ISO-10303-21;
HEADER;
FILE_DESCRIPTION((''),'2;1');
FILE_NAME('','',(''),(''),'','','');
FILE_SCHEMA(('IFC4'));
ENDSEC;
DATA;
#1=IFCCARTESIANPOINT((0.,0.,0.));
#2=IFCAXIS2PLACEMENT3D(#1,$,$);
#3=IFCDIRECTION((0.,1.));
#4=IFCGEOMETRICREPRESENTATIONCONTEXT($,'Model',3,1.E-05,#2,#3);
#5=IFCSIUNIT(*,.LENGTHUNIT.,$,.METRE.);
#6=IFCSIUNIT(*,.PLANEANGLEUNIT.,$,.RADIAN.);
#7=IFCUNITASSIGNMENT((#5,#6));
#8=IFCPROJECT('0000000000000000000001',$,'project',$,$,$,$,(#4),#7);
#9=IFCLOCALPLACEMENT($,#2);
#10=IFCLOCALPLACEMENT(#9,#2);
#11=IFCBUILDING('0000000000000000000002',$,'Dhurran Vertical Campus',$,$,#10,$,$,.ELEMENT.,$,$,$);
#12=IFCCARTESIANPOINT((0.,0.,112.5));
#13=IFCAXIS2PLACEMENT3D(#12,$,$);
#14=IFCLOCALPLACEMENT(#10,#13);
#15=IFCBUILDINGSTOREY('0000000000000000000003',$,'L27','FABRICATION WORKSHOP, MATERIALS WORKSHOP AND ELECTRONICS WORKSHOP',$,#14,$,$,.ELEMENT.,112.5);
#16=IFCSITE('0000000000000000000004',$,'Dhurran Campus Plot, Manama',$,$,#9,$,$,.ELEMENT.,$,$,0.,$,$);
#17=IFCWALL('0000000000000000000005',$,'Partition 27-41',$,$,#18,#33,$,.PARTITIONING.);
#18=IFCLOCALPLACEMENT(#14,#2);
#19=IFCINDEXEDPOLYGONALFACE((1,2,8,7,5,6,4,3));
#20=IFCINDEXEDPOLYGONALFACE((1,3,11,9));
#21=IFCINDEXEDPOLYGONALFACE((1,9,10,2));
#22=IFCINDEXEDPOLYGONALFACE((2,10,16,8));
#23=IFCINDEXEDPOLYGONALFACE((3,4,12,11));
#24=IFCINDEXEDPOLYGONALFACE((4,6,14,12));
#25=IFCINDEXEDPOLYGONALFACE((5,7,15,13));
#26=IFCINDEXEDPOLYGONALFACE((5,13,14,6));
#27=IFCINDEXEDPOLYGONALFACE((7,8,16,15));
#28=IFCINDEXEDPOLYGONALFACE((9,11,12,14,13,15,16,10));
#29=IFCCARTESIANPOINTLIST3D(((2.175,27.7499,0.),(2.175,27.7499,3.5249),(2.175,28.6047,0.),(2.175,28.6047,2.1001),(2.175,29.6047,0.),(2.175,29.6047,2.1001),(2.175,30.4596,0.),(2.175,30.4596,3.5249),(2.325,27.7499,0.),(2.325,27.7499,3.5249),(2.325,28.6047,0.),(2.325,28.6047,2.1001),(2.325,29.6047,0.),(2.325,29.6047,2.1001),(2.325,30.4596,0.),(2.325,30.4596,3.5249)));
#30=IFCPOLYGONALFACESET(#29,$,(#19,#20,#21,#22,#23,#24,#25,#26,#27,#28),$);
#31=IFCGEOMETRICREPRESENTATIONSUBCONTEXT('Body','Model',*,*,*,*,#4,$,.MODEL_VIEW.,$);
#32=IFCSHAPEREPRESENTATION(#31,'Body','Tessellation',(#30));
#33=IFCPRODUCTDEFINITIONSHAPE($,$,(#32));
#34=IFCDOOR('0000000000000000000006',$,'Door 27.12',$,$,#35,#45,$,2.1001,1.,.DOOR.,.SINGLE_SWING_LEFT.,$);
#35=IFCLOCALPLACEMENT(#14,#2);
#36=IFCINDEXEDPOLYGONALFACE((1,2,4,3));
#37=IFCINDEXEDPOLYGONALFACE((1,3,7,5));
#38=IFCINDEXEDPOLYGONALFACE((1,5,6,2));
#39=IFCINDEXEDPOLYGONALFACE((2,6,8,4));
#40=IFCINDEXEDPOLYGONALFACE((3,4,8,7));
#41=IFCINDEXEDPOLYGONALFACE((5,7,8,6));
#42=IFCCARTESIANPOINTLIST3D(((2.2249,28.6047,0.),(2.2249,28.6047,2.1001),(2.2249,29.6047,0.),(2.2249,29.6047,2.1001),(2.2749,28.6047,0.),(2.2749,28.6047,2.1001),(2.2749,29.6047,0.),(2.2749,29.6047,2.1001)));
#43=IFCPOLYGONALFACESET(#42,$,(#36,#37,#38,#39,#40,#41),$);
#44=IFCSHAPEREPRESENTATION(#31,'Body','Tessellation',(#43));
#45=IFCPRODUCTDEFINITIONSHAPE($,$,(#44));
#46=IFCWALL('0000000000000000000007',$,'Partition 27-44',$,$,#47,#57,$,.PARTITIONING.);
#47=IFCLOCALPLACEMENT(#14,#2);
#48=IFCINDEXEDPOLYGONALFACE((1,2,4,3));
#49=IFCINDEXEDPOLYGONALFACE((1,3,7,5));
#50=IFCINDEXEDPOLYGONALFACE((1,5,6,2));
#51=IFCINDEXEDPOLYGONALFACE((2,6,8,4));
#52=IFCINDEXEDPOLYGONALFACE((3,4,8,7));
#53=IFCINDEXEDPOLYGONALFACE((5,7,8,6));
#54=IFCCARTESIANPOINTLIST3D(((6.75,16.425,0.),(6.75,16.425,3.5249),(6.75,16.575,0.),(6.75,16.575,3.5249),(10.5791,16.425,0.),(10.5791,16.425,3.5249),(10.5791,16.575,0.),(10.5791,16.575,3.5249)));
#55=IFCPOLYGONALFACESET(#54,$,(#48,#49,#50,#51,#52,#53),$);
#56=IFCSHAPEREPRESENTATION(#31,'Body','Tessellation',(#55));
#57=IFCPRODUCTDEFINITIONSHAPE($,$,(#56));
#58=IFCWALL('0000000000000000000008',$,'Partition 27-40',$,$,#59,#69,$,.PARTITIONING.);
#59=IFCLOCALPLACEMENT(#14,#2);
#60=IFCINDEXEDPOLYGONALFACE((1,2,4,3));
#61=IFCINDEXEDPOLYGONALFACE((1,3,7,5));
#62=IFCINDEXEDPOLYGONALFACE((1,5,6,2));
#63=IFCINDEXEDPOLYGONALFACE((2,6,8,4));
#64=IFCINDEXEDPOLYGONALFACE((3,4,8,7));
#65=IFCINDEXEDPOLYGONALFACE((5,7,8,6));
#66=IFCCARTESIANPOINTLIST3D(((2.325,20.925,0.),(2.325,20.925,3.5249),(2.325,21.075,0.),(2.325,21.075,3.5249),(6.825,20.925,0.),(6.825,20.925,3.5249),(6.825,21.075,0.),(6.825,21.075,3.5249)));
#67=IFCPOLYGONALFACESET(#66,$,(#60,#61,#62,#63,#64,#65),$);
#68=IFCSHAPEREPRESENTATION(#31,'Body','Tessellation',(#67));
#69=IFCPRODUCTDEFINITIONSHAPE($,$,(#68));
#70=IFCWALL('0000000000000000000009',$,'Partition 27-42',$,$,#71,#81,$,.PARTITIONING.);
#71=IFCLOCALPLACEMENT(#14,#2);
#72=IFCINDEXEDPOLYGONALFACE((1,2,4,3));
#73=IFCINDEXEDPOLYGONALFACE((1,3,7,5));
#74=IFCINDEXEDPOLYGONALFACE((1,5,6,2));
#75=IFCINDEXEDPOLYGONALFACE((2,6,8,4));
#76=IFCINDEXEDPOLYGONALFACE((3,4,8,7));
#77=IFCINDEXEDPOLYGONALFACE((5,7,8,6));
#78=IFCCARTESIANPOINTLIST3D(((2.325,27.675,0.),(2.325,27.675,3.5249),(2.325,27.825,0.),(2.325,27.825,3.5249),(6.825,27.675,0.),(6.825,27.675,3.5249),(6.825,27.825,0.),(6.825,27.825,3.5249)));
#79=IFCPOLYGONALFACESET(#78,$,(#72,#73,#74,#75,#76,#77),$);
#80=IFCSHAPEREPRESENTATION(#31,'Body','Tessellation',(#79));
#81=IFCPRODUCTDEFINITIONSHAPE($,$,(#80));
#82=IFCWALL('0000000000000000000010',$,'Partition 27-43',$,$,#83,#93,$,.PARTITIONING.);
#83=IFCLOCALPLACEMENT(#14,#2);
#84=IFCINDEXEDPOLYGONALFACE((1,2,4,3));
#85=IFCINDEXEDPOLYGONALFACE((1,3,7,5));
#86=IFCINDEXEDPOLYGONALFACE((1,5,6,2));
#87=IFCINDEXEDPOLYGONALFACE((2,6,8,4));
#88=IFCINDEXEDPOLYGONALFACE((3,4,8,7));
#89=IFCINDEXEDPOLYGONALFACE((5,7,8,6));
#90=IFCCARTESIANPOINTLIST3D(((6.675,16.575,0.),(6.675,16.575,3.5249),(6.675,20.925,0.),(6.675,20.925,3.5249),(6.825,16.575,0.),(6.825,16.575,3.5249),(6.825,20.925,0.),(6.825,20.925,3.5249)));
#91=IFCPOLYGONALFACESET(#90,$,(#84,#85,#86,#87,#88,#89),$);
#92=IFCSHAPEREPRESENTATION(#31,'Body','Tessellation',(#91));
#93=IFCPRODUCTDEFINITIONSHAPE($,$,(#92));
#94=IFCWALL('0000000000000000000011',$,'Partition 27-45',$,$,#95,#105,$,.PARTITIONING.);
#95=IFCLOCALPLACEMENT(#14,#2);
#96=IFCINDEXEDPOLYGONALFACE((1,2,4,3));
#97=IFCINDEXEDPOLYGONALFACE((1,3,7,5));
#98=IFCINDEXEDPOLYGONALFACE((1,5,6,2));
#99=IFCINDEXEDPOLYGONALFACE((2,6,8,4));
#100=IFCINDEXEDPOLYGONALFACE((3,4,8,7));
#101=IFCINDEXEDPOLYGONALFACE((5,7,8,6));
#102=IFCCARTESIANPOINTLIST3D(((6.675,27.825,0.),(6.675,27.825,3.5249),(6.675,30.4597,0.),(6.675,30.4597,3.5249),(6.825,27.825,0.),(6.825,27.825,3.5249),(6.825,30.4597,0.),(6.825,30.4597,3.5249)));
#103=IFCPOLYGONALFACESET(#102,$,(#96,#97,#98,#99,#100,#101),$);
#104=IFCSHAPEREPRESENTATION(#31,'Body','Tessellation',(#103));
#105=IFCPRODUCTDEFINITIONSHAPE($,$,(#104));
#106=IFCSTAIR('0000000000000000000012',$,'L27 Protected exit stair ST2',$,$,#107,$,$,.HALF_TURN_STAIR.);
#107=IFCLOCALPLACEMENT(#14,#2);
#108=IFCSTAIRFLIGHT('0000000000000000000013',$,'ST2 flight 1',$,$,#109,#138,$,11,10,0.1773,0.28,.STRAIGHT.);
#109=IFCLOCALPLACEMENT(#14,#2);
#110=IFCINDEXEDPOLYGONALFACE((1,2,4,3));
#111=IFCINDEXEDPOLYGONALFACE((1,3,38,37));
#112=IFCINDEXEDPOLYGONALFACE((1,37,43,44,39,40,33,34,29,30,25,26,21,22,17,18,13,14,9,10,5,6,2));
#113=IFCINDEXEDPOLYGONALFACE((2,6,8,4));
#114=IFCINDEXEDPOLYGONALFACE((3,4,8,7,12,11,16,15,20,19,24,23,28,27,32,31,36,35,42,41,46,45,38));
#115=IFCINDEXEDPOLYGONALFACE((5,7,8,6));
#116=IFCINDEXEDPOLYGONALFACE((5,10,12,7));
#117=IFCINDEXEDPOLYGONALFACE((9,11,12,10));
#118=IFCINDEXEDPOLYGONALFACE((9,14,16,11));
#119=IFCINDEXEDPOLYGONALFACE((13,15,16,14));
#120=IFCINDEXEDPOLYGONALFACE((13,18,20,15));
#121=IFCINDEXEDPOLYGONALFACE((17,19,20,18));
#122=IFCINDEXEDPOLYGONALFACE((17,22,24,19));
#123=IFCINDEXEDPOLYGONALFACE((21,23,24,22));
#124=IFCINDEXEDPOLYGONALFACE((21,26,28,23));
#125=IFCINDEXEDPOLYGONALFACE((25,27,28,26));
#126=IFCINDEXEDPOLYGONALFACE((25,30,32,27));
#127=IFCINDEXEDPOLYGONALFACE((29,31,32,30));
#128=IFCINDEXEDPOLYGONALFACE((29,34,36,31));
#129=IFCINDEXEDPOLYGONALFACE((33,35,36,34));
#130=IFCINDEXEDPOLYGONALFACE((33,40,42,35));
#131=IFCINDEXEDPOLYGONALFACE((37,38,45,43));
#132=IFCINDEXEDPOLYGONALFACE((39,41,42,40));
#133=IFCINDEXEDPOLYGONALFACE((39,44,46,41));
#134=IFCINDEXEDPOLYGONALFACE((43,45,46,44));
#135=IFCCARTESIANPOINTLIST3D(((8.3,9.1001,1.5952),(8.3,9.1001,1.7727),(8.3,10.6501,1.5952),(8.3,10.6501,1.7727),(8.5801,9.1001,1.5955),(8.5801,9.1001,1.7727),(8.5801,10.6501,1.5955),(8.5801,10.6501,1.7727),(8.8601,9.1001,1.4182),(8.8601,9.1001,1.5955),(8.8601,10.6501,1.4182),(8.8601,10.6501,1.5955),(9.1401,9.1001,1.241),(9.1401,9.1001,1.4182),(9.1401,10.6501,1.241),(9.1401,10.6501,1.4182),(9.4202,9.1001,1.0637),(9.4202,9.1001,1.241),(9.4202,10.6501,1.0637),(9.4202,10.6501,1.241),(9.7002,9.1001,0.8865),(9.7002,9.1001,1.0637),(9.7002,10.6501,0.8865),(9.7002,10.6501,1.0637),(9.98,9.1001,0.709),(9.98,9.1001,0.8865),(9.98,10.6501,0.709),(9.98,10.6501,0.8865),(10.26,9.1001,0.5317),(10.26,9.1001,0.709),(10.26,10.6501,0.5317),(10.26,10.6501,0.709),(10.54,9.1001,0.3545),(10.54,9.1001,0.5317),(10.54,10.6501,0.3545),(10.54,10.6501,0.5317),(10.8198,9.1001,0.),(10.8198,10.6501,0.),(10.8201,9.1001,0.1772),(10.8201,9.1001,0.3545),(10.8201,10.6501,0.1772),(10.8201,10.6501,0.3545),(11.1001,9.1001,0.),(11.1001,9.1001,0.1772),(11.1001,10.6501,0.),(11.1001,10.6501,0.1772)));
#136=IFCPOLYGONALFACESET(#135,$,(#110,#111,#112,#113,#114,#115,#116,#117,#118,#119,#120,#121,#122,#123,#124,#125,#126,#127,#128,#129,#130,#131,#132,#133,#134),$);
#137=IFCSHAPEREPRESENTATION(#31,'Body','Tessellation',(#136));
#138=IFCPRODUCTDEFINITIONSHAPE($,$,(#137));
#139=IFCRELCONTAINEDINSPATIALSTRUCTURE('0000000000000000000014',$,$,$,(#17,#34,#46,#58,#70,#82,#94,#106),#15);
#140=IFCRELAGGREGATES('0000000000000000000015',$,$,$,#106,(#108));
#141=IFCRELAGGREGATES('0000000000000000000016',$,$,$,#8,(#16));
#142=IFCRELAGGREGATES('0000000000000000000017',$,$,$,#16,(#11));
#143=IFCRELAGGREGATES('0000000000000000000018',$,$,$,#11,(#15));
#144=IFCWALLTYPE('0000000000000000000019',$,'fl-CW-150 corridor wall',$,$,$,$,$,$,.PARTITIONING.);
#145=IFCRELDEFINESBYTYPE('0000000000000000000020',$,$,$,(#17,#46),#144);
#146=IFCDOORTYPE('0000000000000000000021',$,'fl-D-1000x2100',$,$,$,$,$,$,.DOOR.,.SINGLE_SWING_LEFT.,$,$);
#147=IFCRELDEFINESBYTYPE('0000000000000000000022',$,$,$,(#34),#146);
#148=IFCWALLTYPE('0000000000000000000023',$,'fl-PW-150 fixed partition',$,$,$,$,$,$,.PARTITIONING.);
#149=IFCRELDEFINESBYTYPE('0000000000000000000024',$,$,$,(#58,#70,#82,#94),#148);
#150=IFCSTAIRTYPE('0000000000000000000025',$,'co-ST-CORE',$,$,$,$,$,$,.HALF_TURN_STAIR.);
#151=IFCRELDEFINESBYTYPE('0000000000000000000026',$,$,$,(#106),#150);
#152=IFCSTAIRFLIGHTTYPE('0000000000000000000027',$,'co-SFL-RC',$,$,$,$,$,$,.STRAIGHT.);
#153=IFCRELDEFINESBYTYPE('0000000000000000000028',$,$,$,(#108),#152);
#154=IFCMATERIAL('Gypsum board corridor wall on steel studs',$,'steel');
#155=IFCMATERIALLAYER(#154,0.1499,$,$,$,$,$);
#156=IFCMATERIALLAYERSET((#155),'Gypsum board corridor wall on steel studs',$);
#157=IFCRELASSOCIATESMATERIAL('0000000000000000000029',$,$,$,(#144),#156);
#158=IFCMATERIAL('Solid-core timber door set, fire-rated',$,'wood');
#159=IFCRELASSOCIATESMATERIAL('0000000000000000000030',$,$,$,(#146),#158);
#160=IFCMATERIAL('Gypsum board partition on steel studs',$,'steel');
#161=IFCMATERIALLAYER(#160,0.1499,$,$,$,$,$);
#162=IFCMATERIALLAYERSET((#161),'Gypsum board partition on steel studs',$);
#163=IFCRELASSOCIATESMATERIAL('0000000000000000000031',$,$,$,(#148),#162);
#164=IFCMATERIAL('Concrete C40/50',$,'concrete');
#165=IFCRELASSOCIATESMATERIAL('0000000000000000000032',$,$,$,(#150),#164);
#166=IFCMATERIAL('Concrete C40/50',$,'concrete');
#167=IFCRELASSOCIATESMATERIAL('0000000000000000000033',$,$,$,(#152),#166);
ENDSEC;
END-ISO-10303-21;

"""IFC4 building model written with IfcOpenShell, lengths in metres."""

from ifc_helpers import new_model, si_unit, direction, frame, frame_2d, origin, place, context, subcontext, project, spatial, polyline, rectangle, outline, extrude, material, layer, layer_set, type_object, element, fill, aggregate, save


model = new_model("IFC4")

# Units and contexts
model_context = context("Model", 3, precision=1e-05, world=origin(), true_north=direction((0.0, 1.0)))
body_context = subcontext(model_context, "Body", "Model", "MODEL_VIEW")
ifc_project = project(units=[si_unit("LENGTHUNIT", "METRE"), si_unit("PLANEANGLEUNIT", "RADIAN")], contexts=[model_context])

# Site, building, storey
site_placement = place(None, origin())
site = spatial("IfcSite", under=ifc_project, at=site_placement, Name="Dhurran Campus Plot, Manama", CompositionType="ELEMENT", RefElevation=0.0)
building_placement = place(site_placement, origin())
building = spatial("IfcBuilding", under=site, at=building_placement, Name="Dhurran Vertical Campus", CompositionType="ELEMENT")
storey_placement = place(building_placement, frame((0.0, 0.0, 112.5)))
storey = spatial("IfcBuildingStorey", under=building, at=storey_placement, Name="L27", Description="FABRICATION WORKSHOP, MATERIALS WORKSHOP AND ELECTRONICS WORKSHOP", CompositionType="ELEMENT", Elevation=112.5)

# Shared definitions
ifc_material_1 = material(Name="Gypsum board corridor wall on steel studs", Category="steel")
ifc_layer_1 = layer(ifc_material_1, 0.1499)
ifc_layer_set_1 = layer_set([ifc_layer_1], Name="Gypsum board corridor wall on steel studs")
wall_type_1 = type_object("IfcWallType", Name="fl-CW-150 corridor wall", PredefinedType="PARTITIONING", material=ifc_layer_set_1)
ifc_material_2 = material(Name="Solid-core timber door set, fire-rated", Category="wood")
door_type_1 = type_object("IfcDoorType", Name="fl-D-1000x2100", OperationType="SINGLE_SWING_LEFT", PredefinedType="DOOR", material=ifc_material_2)

# Wall, opening, door
wall_1_placement = place(storey_placement, frame((2.25, 30.4597, 0.0), z_axis=(0.0, 0.0, 1.0), x_axis=(0.0, -1.0, 0.0)))
wall_1 = element("IfcWall", 1, at=wall_1_placement, inside=storey, type_object=wall_type_1, Name="Partition 27-41", PredefinedType="PARTITIONING", context=body_context, shape_type="SweptSolid", body=[
    extrude(rectangle(XDim=2.7097, YDim=0.1499, at=frame_2d((1.355, 0.0))), origin(), (0.0, 0.0, 1.0), 3.5249),
])
opening_1_placement = place(wall_1_placement, frame((0.855, 0.0, 0.0)))
opening_1 = element("IfcOpeningElement", 2, at=opening_1_placement, cuts=wall_1, PredefinedType="OPENING", context=body_context, shape_type="SweptSolid", body=[
    extrude(rectangle(XDim=1.0, YDim=2.1001, at=frame_2d((0.5, 1.05))), frame((0.0, 0.085, 0.0), z_axis=(0.0, -1.0, 0.0), x_axis=(1.0, 0.0, 0.0)), (0.0, 0.0, 1.0), 0.1699),
])
door_1_placement = place(opening_1_placement, origin())
door_1 = element("IfcDoor", 3, at=door_1_placement, inside=storey, type_object=door_type_1, Name="Door 27.12", OperationType="SINGLE_SWING_LEFT", OverallHeight=2.1001, OverallWidth=1.0, PredefinedType="DOOR", context=body_context, shape_type="SweptSolid", body=[
    extrude(rectangle(XDim=1.0, YDim=2.1001, at=frame_2d((0.5, 1.05))), frame((0.0, 0.0249, 0.0), z_axis=(0.0, -1.0, 0.0), x_axis=(1.0, 0.0, 0.0)), (0.0, 0.0, 1.0), 0.05),
])
fill(opening_1, door_1)

# Walls
wall_2_placement = place(storey_placement, frame((10.5791, 16.5, 0.0), z_axis=(0.0, 0.0, 1.0), x_axis=(-1.0, 0.0, 0.0)))
element("IfcWall", 4, at=wall_2_placement, inside=storey, type_object=wall_type_1, Name="Partition 27-44", PredefinedType="PARTITIONING", context=body_context, shape_type="SweptSolid", body=[
    extrude(rectangle(XDim=3.8291, YDim=0.1499, at=frame_2d((1.9146, 0.0))), origin(), (0.0, 0.0, 1.0), 3.5249),
])
ifc_material_3 = material(Name="Gypsum board partition on steel studs", Category="steel")
ifc_layer_2 = layer(ifc_material_3, 0.1499)
ifc_layer_set_2 = layer_set([ifc_layer_2], Name="Gypsum board partition on steel studs")
wall_type_2 = type_object("IfcWallType", Name="fl-PW-150 fixed partition", PredefinedType="PARTITIONING", material=ifc_layer_set_2)
for number, where, z_axis, x_axis, name in (
    (5, (2.325, 21.0, 0.0), (0.0, 0.0, 1.0), (1.0, 0.0, 0.0), "Partition 27-40"),
    (6, (6.825, 27.75, 0.0), (0.0, 0.0, 1.0), (-1.0, 0.0, 0.0), "Partition 27-42"),
):
    element("IfcWall", number, at=place(storey_placement, frame(where, z_axis=z_axis, x_axis=x_axis)), inside=storey, type_object=wall_type_2, Name=name, PredefinedType="PARTITIONING", context=body_context, shape_type="SweptSolid", body=[
        extrude(rectangle(XDim=4.5, YDim=0.1499, at=frame_2d((2.25, 0.0))), origin(), (0.0, 0.0, 1.0), 3.5249),
    ])
wall_3_placement = place(storey_placement, frame((6.75, 20.925, 0.0), z_axis=(0.0, 0.0, 1.0), x_axis=(0.0, -1.0, 0.0)))
element("IfcWall", 7, at=wall_3_placement, inside=storey, type_object=wall_type_2, Name="Partition 27-43", PredefinedType="PARTITIONING", context=body_context, shape_type="SweptSolid", body=[
    extrude(rectangle(XDim=4.3501, YDim=0.1499, at=frame_2d((2.175, 0.0))), origin(), (0.0, 0.0, 1.0), 3.5249),
])
wall_4_placement = place(storey_placement, frame((6.75, 30.4597, 0.0), z_axis=(0.0, 0.0, 1.0), x_axis=(0.0, -1.0, 0.0)))
element("IfcWall", 8, at=wall_4_placement, inside=storey, type_object=wall_type_2, Name="Partition 27-45", PredefinedType="PARTITIONING", context=body_context, shape_type="SweptSolid", body=[
    extrude(rectangle(XDim=2.6348, YDim=0.1499, at=frame_2d((1.3174, 0.0))), origin(), (0.0, 0.0, 1.0), 3.5249),
])

# Stair, stair flight
ifc_material_4 = material(Name="Concrete C40/50", Category="concrete")
stair_type = type_object("IfcStairType", Name="co-ST-CORE", PredefinedType="HALF_TURN_STAIR", material=ifc_material_4)
stair_placement = place(storey_placement, origin())
stair = element("IfcStair", 9, at=stair_placement, inside=storey, type_object=stair_type, Name="L27 Protected exit stair ST2", PredefinedType="HALF_TURN_STAIR")
ifc_material_5 = material(Name="Concrete C40/50", Category="concrete")
stair_flight_type = type_object("IfcStairFlightType", Name="co-SFL-RC", PredefinedType="STRAIGHT", material=ifc_material_5)
stair_flight_placement = place(storey_placement, frame((11.1001, 9.875, 0.0), z_axis=(0.0, 0.0, 1.0), x_axis=(-1.0, 0.0, 0.0)))
stair_flight = element("IfcStairFlight", 10, at=stair_flight_placement, type_object=stair_flight_type, Name="ST2 flight 1", NumberOfRisers=11, NumberOfTreads=10, PredefinedType="STRAIGHT", RiserHeight=0.1773, TreadLength=0.28, context=body_context, shape_type="SweptSolid", body=[
    extrude(outline(polyline([(0.0, 0.0), (0.0, 0.1772), (0.28, 0.1772), (0.28, 0.3545), (0.5601, 0.3545), (0.5601, 0.5317), (0.8401, 0.5317), (0.8401, 0.709), (1.1201, 0.709), (1.1201, 0.8865), (1.3999, 0.8865), (1.3999, 1.0637), (1.6799, 1.0637), (1.6799, 1.241), (1.96, 1.241), (1.96, 1.4182), (2.24, 1.4182), (2.24, 1.5955), (2.52, 1.5955), (2.52, 1.7727), (2.8, 1.7727), (2.8, 1.95), (2.8, 1.5952), (0.2803, 0.0), (0.0, 0.0)])), frame((0.0, 0.7749, 0.0), z_axis=(0.0, -1.0, 0.0), x_axis=(1.0, 0.0, 0.0)), (0.0, 0.0, 1.0), 1.55),
])
aggregate(stair, [stair_flight])

save(model, "model.ifc")
